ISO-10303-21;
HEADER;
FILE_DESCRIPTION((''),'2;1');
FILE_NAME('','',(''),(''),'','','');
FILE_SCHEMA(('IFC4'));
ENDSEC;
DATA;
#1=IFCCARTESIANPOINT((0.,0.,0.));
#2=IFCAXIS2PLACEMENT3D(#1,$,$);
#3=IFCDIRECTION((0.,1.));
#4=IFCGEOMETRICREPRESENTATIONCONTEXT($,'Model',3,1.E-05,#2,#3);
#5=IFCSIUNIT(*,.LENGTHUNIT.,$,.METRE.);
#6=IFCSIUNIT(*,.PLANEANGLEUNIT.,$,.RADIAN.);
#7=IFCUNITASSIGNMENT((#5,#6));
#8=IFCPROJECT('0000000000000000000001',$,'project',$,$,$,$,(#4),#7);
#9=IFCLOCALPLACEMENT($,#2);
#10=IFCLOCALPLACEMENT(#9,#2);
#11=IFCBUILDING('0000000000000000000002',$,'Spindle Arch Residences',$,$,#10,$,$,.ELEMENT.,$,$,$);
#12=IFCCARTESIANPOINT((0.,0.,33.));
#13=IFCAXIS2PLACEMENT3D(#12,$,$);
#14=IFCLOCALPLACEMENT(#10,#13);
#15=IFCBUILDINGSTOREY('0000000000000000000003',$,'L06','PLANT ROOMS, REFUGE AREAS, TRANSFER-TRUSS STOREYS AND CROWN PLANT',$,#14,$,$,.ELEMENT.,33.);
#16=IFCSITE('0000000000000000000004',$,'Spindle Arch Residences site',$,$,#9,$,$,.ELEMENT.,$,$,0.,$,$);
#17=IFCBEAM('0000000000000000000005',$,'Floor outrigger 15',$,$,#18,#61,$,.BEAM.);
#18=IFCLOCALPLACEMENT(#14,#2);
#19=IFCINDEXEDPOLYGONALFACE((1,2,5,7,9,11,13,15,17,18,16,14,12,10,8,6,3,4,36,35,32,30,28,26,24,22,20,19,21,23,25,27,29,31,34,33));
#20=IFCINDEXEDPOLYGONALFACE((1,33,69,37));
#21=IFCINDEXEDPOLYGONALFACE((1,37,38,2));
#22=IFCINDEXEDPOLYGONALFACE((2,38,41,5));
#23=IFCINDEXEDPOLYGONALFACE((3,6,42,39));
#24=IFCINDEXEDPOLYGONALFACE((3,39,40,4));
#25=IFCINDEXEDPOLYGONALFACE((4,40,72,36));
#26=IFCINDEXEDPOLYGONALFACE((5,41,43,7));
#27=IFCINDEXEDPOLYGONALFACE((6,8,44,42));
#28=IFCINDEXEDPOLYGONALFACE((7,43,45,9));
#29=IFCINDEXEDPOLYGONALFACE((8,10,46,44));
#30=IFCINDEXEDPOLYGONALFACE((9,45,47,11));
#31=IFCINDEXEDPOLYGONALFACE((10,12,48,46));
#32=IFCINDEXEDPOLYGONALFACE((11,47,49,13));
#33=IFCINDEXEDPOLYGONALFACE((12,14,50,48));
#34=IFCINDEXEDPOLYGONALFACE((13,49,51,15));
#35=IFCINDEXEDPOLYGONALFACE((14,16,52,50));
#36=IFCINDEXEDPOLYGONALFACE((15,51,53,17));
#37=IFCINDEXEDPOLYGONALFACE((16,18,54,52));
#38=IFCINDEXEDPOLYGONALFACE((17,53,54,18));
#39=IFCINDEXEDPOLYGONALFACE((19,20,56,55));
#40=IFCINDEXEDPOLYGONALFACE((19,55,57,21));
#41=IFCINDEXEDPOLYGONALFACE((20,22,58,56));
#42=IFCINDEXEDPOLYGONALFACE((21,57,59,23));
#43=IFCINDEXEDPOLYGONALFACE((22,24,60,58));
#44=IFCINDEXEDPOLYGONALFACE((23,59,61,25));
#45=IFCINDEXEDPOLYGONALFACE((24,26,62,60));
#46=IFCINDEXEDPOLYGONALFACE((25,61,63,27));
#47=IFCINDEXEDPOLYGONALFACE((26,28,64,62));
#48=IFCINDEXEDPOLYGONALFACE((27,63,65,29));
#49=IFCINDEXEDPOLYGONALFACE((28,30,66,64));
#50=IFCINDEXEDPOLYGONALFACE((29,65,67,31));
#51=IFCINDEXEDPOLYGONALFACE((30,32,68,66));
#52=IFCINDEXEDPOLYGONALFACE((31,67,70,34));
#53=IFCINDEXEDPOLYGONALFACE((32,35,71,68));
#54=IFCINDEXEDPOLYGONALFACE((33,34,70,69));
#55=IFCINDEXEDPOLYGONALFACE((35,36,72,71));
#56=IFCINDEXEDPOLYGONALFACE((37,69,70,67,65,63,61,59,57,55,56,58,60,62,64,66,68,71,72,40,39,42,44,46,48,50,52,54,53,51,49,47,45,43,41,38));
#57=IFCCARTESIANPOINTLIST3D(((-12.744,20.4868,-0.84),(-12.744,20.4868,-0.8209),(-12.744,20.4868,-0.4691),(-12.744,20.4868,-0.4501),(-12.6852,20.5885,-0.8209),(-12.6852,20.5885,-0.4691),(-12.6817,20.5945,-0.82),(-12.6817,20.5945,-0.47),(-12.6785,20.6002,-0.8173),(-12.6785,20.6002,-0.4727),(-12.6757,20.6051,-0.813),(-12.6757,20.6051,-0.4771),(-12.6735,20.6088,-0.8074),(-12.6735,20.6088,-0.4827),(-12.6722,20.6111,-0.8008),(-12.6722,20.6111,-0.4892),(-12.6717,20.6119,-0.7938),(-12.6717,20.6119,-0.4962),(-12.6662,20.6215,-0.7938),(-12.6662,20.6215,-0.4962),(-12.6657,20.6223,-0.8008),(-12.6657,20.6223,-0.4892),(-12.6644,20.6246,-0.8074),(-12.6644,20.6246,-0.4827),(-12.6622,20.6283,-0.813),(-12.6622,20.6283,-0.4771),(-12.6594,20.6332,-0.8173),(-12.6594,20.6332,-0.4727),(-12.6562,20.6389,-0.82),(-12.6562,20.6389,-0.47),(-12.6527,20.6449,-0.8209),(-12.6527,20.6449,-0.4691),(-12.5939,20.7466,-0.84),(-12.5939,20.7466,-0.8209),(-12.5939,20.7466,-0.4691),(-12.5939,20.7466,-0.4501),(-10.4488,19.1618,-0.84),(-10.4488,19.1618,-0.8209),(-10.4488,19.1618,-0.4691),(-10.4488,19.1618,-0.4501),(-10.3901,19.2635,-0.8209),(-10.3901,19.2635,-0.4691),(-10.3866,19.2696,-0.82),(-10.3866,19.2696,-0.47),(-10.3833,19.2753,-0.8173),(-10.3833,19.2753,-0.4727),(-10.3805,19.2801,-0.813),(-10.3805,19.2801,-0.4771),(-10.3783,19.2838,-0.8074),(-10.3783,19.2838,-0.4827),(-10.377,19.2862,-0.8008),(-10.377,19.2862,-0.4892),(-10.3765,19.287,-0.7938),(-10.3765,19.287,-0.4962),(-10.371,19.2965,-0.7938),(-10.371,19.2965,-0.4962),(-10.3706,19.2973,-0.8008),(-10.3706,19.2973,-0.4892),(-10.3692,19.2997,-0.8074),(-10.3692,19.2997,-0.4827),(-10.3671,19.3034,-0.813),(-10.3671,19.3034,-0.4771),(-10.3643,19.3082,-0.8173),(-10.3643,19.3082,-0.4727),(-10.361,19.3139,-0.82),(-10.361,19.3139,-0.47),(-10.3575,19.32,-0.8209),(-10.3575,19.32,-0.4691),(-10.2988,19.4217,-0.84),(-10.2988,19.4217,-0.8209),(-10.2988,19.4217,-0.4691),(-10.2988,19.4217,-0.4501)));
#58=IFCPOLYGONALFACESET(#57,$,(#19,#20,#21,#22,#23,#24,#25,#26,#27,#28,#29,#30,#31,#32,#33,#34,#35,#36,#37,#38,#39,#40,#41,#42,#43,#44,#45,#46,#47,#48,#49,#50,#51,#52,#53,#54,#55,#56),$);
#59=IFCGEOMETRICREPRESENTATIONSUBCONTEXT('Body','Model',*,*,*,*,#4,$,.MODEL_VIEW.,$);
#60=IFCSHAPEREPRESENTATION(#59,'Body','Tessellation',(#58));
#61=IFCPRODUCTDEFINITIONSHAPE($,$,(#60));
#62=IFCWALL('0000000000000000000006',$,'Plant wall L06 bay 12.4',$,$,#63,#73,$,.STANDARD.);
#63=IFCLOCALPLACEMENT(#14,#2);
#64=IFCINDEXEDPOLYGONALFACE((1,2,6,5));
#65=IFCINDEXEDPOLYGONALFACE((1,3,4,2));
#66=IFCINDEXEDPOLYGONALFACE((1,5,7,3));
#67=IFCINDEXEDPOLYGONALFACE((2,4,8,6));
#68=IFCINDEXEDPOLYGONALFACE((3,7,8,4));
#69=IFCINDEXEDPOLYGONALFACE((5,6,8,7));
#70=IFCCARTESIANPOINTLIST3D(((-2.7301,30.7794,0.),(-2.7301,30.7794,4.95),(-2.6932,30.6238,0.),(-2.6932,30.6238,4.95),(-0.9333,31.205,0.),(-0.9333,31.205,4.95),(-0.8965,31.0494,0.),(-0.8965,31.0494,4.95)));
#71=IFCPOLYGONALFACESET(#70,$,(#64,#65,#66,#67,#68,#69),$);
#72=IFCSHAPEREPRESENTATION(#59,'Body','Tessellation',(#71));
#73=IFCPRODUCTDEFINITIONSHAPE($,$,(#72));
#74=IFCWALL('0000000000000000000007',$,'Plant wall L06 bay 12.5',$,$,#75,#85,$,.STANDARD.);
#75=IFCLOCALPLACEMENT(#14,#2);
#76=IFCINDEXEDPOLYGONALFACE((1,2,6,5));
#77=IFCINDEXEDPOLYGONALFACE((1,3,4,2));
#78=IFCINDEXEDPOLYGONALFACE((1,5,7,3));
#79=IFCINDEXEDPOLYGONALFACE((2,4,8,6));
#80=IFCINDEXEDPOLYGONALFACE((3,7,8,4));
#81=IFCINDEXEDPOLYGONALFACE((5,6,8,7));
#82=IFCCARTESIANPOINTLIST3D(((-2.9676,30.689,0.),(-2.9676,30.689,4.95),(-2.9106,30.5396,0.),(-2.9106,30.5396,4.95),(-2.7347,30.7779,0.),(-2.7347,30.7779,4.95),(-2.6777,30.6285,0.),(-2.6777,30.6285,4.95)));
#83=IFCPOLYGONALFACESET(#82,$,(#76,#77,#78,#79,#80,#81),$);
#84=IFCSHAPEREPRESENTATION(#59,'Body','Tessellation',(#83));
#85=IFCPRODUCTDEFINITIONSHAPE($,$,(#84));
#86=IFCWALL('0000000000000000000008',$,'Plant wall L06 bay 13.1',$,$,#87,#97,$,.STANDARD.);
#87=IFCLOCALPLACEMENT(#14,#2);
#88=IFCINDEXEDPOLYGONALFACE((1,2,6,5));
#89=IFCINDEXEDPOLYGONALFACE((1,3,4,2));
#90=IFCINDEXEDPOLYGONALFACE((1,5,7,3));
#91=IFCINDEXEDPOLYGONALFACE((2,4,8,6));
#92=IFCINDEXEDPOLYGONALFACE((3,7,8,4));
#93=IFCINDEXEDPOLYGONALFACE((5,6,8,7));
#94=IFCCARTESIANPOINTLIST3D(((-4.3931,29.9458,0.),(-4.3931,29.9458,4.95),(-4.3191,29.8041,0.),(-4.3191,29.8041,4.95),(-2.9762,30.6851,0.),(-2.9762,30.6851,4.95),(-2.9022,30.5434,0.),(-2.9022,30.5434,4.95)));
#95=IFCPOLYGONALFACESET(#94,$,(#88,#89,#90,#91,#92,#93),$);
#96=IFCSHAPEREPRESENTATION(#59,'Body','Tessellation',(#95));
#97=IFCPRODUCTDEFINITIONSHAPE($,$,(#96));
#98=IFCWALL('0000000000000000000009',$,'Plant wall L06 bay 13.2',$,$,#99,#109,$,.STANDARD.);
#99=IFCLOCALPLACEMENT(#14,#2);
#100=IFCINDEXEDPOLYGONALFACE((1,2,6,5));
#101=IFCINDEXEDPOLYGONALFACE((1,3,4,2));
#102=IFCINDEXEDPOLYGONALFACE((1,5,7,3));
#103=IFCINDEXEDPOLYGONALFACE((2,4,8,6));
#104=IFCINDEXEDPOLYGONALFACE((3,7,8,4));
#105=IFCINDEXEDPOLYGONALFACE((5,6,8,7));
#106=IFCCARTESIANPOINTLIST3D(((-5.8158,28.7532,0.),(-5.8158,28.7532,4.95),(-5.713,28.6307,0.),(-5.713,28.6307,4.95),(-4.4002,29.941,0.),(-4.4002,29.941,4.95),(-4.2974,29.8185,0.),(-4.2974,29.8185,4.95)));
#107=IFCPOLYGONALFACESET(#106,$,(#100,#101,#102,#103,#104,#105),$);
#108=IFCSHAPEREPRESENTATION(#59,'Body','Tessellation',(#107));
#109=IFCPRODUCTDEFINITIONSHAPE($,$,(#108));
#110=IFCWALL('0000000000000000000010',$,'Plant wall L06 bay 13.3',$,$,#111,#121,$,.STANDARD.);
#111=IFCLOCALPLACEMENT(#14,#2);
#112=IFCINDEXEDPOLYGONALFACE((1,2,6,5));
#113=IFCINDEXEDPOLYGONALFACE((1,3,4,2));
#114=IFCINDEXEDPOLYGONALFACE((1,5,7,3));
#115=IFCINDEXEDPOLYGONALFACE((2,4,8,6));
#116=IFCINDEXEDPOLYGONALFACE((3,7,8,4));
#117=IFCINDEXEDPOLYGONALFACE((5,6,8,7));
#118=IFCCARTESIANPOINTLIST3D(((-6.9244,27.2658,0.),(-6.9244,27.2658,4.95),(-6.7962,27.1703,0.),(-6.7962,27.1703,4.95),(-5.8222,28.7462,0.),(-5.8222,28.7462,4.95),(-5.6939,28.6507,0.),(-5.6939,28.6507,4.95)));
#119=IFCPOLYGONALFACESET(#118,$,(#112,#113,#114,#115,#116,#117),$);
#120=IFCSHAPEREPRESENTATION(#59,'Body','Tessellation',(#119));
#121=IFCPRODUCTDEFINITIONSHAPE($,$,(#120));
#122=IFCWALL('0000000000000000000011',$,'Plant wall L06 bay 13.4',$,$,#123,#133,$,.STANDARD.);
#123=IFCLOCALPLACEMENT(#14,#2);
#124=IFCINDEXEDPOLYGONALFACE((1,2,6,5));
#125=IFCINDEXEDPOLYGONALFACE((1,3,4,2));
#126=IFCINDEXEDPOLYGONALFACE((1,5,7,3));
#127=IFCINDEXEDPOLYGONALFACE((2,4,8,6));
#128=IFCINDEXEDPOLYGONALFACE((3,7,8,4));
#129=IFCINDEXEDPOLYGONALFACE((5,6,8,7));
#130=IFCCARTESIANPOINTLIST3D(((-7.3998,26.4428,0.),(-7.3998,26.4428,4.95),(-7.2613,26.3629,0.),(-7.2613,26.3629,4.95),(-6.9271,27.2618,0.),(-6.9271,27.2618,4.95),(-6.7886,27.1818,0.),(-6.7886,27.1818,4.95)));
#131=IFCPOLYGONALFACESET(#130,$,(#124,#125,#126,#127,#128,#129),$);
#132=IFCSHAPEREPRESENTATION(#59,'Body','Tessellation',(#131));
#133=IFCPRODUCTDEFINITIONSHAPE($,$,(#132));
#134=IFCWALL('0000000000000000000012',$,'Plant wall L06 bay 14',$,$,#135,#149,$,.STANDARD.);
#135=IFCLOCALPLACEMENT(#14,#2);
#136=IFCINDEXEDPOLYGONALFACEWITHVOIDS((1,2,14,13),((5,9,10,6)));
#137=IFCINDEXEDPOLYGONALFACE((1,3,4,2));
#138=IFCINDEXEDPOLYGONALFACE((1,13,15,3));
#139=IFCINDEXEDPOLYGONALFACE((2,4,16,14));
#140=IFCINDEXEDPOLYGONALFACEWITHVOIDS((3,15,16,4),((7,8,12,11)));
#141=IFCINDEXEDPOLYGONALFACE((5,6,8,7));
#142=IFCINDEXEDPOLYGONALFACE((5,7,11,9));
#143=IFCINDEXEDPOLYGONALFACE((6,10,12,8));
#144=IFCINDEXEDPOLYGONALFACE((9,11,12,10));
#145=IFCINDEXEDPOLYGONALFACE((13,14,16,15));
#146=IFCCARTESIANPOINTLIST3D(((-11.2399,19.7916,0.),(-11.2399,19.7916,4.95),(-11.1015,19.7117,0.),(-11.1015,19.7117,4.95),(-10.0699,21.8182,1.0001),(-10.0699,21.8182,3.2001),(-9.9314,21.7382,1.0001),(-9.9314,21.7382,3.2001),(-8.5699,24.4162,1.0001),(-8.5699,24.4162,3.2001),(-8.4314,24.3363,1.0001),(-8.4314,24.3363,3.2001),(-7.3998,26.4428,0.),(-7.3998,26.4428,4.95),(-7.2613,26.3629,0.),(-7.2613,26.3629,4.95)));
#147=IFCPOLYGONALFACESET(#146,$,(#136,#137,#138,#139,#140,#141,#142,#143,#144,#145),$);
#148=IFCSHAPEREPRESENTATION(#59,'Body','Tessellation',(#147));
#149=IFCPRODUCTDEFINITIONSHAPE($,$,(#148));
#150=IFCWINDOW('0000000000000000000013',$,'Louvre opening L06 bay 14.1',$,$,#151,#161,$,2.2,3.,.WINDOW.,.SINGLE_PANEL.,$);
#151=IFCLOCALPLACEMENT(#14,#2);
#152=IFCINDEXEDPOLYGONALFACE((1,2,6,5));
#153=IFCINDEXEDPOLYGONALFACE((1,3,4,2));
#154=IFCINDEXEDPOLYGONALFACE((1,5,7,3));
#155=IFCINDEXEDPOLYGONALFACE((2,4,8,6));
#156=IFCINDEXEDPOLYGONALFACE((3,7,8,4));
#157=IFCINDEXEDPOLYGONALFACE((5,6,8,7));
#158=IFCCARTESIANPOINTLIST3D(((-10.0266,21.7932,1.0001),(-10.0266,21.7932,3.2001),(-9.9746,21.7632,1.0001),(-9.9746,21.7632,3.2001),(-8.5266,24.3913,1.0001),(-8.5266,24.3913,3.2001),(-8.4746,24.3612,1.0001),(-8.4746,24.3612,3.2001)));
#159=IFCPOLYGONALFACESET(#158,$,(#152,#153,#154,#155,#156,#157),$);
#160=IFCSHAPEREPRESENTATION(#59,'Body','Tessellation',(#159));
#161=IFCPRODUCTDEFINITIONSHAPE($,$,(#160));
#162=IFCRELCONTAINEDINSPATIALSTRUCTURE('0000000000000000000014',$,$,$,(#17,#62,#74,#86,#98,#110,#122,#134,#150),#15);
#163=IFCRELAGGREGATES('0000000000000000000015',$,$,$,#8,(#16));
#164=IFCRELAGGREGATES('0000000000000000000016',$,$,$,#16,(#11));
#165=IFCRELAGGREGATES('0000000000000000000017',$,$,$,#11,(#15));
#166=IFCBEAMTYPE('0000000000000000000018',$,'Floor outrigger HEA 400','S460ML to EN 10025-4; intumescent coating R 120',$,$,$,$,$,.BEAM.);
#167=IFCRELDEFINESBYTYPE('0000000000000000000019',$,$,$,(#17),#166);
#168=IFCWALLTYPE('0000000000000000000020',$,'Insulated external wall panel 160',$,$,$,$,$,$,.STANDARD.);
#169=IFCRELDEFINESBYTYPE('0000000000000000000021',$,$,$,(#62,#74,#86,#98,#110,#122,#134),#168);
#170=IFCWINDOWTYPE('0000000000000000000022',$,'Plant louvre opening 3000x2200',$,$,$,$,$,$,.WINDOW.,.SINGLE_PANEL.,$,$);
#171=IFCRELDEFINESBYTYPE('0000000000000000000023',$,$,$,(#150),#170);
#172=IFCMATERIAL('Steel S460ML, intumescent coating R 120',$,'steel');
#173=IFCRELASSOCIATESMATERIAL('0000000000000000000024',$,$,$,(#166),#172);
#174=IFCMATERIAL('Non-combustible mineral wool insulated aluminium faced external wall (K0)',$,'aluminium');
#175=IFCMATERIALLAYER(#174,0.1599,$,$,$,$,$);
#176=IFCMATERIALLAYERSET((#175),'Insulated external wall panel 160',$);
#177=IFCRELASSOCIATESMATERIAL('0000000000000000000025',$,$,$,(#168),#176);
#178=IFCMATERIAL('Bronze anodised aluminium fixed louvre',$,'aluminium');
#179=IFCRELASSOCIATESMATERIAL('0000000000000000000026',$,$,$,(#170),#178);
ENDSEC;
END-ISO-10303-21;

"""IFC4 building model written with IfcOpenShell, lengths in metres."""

from ifc_helpers import new_model, si_unit, direction, frame, frame_2d, origin, origin_2d, place, context, subcontext, project, spatial, rectangle, i_section, extrude, material, layer, layer_set, material_profile, profile_set, type_object, element, fill, save


model = new_model("IFC4")

# Units and contexts
model_context = context("Model", 3, precision=1e-05, world=origin(), true_north=direction((0.0, 1.0)))
body_context = subcontext(model_context, "Body", "Model", "MODEL_VIEW")
ifc_project = project(units=[si_unit("LENGTHUNIT", "METRE"), si_unit("PLANEANGLEUNIT", "RADIAN")], contexts=[model_context])

# Site, building, storey
site_placement = place(None, origin())
site = spatial("IfcSite", under=ifc_project, at=site_placement, Name="Spindle Arch Residences site", CompositionType="ELEMENT", RefElevation=0.0)
building_placement = place(site_placement, origin())
building = spatial("IfcBuilding", under=site, at=building_placement, Name="Spindle Arch Residences", CompositionType="ELEMENT")
storey_placement = place(building_placement, frame((0.0, 0.0, 33.0)))
storey = spatial("IfcBuildingStorey", under=building, at=storey_placement, Name="L06", Description="PLANT ROOMS, REFUGE AREAS, TRANSFER-TRUSS STOREYS AND CROWN PLANT", CompositionType="ELEMENT", Elevation=33.0)

# Beam
ifc_material_1 = material(Name="Steel S460ML, intumescent coating R 120", Category="steel")
ifc_material_profile_1 = material_profile(ifc_material_1, i_section(OverallWidth=0.3, OverallDepth=0.3899, WebThickness=0.011, FlangeThickness=0.019, FilletRadius=0.0271, at=origin_2d()), Name="HEA 400")
ifc_profile_set_1 = profile_set([ifc_material_profile_1], Name="Steel S460ML, intumescent coating R 120")
beam_type_1 = type_object("IfcBeamType", Name="Floor outrigger HEA 400", Description="S460ML to EN 10025-4; intumescent coating R 120", PredefinedType="BEAM", material=ifc_profile_set_1)
beam_1_placement = place(storey_placement, frame((-12.6689, 20.6167, -0.645), z_axis=(0.866052, -0.499954, 0.0), x_axis=(0.499954, 0.866052, 0.0)))
element("IfcBeam", 1, at=beam_1_placement, inside=storey, type_object=beam_type_1, Name="Floor outrigger 15", PredefinedType="BEAM", context=body_context, shape_type="SweptSolid", body=[
    extrude(i_section(OverallWidth=0.3, OverallDepth=0.3899, WebThickness=0.011, FlangeThickness=0.019, FilletRadius=0.0271, at=origin_2d()), origin(), (0.0, 0.0, 1.0), 2.6501),
])

# Walls
ifc_material_2 = material(Name="Non-combustible mineral wool insulated aluminium faced external wall (K0)", Category="aluminium")
ifc_layer_1 = layer(ifc_material_2, 0.1599)
ifc_layer_set_1 = layer_set([ifc_layer_1], Name="Insulated external wall panel 160")
wall_type_1 = type_object("IfcWallType", Name="Insulated external wall panel 160", PredefinedType="STANDARD", material=ifc_layer_set_1)
wall_1_placement = place(storey_placement, frame((-0.9148, 31.1272, 0.0), z_axis=(0.0, 0.0, 1.0), x_axis=(-0.973078, -0.230476, 0.0)))
element("IfcWall", 2, at=wall_1_placement, inside=storey, type_object=wall_type_1, Name="Plant wall L06 bay 12.4", PredefinedType="STANDARD", context=body_context, shape_type="SweptSolid", body=[
    extrude(rectangle(XDim=1.8464, YDim=0.1599, at=frame_2d((0.9233, 0.0))), origin(), (0.0, 0.0, 1.0), 4.95),
])
wall_2_placement = place(storey_placement, frame((-2.7063, 30.7031, 0.0), z_axis=(0.0, 0.0, 1.0), x_axis=(-0.934301, -0.356484, 0.0)))
element("IfcWall", 3, at=wall_2_placement, inside=storey, type_object=wall_type_1, Name="Plant wall L06 bay 12.5", PredefinedType="STANDARD", context=body_context, shape_type="SweptSolid", body=[
    extrude(rectangle(XDim=0.2493, YDim=0.1599, at=frame_2d((0.1245, 0.0))), origin(), (0.0, 0.0, 1.0), 4.95),
])
wall_3_placement = place(storey_placement, frame((-2.9392, 30.6143, 0.0), z_axis=(0.0, 0.0, 1.0), x_axis=(-0.886563, -0.462608, 0.0)))
element("IfcWall", 4, at=wall_3_placement, inside=storey, type_object=wall_type_1, Name="Plant wall L06 bay 13.1", PredefinedType="STANDARD", context=body_context, shape_type="SweptSolid", body=[
    extrude(rectangle(XDim=1.5981, YDim=0.1599, at=frame_2d((0.7991, 0.0))), origin(), (0.0, 0.0, 1.0), 4.95),
])
wall_4_placement = place(storey_placement, frame((-4.3489, 29.8796, 0.0), z_axis=(0.0, 0.0, 1.0), x_axis=(-0.766051, -0.64278, 0.0)))
element("IfcWall", 5, at=wall_4_placement, inside=storey, type_object=wall_type_1, Name="Plant wall L06 bay 13.2", PredefinedType="STANDARD", context=body_context, shape_type="SweptSolid", body=[
    extrude(rectangle(XDim=1.8479, YDim=0.1599, at=frame_2d((0.9238, 0.0))), origin(), (0.0, 0.0, 1.0), 4.95),
])
wall_5_placement = place(storey_placement, frame((-5.7581, 28.6985, 0.0), z_axis=(0.0, 0.0, 1.0), x_axis=(-0.597203, -0.80209, 0.0)))
element("IfcWall", 6, at=wall_5_placement, inside=storey, type_object=wall_type_1, Name="Plant wall L06 bay 13.3", PredefinedType="STANDARD", context=body_context, shape_type="SweptSolid", body=[
    extrude(rectangle(XDim=1.8457, YDim=0.1599, at=frame_2d((0.9229, 0.0))), origin(), (0.0, 0.0, 1.0), 4.95),
])
wall_6_placement = place(storey_placement, frame((-6.8579, 27.2217, 0.0), z_axis=(0.0, 0.0, 1.0), x_axis=(-0.499916, -0.866074, 0.0)))
element("IfcWall", 7, at=wall_6_placement, inside=storey, type_object=wall_type_1, Name="Plant wall L06 bay 13.4", PredefinedType="STANDARD", context=body_context, shape_type="SweptSolid", body=[
    extrude(rectangle(XDim=0.9456, YDim=0.1599, at=frame_2d((0.4727, 0.0))), origin(), (0.0, 0.0, 1.0), 4.95),
])

# Wall, opening, window
wall_7_placement = place(storey_placement, frame((-7.3306, 26.4028, 0.0), z_axis=(0.0, 0.0, 1.0), x_axis=(-0.500006, -0.866022, 0.0)))
wall_7 = element("IfcWall", 8, at=wall_7_placement, inside=storey, type_object=wall_type_1, Name="Plant wall L06 bay 14", PredefinedType="STANDARD", context=body_context, shape_type="SweptSolid", body=[
    extrude(rectangle(XDim=7.6802, YDim=0.1599, at=frame_2d((3.8401, 0.0))), origin(), (0.0, 0.0, 1.0), 4.95),
])
opening_1_placement = place(wall_7_placement, frame((2.3401, 0.0, 1.0)))
opening_1 = element("IfcOpeningElement", 9, at=opening_1_placement, cuts=wall_7, PredefinedType="OPENING", context=body_context, shape_type="SweptSolid", body=[
    extrude(rectangle(XDim=3.0, YDim=2.2, at=frame_2d((1.5, 1.1001))), frame((0.0, 0.0898, 0.0), z_axis=(0.0, -1.0, 0.0), x_axis=(1.0, 0.0, 0.0)), (0.0, 0.0, 1.0), 0.1799),
])
ifc_material_3 = material(Name="Bronze anodised aluminium fixed louvre", Category="aluminium")
window_type = type_object("IfcWindowType", Name="Plant louvre opening 3000x2200", PartitioningType="SINGLE_PANEL", PredefinedType="WINDOW", material=ifc_material_3)
window_1_placement = place(opening_1_placement, origin())
window_1 = element("IfcWindow", 10, at=window_1_placement, inside=storey, type_object=window_type, Name="Louvre opening L06 bay 14.1", OverallHeight=2.2, OverallWidth=3.0, PartitioningType="SINGLE_PANEL", PredefinedType="WINDOW", context=body_context, shape_type="SweptSolid", body=[
    extrude(rectangle(XDim=3.0, YDim=2.2, at=frame_2d((1.5, 1.1001))), frame((0.0, 0.03, 0.0), z_axis=(0.0, -1.0, 0.0), x_axis=(1.0, 0.0, 0.0)), (0.0, 0.0, 1.0), 0.0601),
])
fill(opening_1, window_1)

save(model, "model.ifc")
